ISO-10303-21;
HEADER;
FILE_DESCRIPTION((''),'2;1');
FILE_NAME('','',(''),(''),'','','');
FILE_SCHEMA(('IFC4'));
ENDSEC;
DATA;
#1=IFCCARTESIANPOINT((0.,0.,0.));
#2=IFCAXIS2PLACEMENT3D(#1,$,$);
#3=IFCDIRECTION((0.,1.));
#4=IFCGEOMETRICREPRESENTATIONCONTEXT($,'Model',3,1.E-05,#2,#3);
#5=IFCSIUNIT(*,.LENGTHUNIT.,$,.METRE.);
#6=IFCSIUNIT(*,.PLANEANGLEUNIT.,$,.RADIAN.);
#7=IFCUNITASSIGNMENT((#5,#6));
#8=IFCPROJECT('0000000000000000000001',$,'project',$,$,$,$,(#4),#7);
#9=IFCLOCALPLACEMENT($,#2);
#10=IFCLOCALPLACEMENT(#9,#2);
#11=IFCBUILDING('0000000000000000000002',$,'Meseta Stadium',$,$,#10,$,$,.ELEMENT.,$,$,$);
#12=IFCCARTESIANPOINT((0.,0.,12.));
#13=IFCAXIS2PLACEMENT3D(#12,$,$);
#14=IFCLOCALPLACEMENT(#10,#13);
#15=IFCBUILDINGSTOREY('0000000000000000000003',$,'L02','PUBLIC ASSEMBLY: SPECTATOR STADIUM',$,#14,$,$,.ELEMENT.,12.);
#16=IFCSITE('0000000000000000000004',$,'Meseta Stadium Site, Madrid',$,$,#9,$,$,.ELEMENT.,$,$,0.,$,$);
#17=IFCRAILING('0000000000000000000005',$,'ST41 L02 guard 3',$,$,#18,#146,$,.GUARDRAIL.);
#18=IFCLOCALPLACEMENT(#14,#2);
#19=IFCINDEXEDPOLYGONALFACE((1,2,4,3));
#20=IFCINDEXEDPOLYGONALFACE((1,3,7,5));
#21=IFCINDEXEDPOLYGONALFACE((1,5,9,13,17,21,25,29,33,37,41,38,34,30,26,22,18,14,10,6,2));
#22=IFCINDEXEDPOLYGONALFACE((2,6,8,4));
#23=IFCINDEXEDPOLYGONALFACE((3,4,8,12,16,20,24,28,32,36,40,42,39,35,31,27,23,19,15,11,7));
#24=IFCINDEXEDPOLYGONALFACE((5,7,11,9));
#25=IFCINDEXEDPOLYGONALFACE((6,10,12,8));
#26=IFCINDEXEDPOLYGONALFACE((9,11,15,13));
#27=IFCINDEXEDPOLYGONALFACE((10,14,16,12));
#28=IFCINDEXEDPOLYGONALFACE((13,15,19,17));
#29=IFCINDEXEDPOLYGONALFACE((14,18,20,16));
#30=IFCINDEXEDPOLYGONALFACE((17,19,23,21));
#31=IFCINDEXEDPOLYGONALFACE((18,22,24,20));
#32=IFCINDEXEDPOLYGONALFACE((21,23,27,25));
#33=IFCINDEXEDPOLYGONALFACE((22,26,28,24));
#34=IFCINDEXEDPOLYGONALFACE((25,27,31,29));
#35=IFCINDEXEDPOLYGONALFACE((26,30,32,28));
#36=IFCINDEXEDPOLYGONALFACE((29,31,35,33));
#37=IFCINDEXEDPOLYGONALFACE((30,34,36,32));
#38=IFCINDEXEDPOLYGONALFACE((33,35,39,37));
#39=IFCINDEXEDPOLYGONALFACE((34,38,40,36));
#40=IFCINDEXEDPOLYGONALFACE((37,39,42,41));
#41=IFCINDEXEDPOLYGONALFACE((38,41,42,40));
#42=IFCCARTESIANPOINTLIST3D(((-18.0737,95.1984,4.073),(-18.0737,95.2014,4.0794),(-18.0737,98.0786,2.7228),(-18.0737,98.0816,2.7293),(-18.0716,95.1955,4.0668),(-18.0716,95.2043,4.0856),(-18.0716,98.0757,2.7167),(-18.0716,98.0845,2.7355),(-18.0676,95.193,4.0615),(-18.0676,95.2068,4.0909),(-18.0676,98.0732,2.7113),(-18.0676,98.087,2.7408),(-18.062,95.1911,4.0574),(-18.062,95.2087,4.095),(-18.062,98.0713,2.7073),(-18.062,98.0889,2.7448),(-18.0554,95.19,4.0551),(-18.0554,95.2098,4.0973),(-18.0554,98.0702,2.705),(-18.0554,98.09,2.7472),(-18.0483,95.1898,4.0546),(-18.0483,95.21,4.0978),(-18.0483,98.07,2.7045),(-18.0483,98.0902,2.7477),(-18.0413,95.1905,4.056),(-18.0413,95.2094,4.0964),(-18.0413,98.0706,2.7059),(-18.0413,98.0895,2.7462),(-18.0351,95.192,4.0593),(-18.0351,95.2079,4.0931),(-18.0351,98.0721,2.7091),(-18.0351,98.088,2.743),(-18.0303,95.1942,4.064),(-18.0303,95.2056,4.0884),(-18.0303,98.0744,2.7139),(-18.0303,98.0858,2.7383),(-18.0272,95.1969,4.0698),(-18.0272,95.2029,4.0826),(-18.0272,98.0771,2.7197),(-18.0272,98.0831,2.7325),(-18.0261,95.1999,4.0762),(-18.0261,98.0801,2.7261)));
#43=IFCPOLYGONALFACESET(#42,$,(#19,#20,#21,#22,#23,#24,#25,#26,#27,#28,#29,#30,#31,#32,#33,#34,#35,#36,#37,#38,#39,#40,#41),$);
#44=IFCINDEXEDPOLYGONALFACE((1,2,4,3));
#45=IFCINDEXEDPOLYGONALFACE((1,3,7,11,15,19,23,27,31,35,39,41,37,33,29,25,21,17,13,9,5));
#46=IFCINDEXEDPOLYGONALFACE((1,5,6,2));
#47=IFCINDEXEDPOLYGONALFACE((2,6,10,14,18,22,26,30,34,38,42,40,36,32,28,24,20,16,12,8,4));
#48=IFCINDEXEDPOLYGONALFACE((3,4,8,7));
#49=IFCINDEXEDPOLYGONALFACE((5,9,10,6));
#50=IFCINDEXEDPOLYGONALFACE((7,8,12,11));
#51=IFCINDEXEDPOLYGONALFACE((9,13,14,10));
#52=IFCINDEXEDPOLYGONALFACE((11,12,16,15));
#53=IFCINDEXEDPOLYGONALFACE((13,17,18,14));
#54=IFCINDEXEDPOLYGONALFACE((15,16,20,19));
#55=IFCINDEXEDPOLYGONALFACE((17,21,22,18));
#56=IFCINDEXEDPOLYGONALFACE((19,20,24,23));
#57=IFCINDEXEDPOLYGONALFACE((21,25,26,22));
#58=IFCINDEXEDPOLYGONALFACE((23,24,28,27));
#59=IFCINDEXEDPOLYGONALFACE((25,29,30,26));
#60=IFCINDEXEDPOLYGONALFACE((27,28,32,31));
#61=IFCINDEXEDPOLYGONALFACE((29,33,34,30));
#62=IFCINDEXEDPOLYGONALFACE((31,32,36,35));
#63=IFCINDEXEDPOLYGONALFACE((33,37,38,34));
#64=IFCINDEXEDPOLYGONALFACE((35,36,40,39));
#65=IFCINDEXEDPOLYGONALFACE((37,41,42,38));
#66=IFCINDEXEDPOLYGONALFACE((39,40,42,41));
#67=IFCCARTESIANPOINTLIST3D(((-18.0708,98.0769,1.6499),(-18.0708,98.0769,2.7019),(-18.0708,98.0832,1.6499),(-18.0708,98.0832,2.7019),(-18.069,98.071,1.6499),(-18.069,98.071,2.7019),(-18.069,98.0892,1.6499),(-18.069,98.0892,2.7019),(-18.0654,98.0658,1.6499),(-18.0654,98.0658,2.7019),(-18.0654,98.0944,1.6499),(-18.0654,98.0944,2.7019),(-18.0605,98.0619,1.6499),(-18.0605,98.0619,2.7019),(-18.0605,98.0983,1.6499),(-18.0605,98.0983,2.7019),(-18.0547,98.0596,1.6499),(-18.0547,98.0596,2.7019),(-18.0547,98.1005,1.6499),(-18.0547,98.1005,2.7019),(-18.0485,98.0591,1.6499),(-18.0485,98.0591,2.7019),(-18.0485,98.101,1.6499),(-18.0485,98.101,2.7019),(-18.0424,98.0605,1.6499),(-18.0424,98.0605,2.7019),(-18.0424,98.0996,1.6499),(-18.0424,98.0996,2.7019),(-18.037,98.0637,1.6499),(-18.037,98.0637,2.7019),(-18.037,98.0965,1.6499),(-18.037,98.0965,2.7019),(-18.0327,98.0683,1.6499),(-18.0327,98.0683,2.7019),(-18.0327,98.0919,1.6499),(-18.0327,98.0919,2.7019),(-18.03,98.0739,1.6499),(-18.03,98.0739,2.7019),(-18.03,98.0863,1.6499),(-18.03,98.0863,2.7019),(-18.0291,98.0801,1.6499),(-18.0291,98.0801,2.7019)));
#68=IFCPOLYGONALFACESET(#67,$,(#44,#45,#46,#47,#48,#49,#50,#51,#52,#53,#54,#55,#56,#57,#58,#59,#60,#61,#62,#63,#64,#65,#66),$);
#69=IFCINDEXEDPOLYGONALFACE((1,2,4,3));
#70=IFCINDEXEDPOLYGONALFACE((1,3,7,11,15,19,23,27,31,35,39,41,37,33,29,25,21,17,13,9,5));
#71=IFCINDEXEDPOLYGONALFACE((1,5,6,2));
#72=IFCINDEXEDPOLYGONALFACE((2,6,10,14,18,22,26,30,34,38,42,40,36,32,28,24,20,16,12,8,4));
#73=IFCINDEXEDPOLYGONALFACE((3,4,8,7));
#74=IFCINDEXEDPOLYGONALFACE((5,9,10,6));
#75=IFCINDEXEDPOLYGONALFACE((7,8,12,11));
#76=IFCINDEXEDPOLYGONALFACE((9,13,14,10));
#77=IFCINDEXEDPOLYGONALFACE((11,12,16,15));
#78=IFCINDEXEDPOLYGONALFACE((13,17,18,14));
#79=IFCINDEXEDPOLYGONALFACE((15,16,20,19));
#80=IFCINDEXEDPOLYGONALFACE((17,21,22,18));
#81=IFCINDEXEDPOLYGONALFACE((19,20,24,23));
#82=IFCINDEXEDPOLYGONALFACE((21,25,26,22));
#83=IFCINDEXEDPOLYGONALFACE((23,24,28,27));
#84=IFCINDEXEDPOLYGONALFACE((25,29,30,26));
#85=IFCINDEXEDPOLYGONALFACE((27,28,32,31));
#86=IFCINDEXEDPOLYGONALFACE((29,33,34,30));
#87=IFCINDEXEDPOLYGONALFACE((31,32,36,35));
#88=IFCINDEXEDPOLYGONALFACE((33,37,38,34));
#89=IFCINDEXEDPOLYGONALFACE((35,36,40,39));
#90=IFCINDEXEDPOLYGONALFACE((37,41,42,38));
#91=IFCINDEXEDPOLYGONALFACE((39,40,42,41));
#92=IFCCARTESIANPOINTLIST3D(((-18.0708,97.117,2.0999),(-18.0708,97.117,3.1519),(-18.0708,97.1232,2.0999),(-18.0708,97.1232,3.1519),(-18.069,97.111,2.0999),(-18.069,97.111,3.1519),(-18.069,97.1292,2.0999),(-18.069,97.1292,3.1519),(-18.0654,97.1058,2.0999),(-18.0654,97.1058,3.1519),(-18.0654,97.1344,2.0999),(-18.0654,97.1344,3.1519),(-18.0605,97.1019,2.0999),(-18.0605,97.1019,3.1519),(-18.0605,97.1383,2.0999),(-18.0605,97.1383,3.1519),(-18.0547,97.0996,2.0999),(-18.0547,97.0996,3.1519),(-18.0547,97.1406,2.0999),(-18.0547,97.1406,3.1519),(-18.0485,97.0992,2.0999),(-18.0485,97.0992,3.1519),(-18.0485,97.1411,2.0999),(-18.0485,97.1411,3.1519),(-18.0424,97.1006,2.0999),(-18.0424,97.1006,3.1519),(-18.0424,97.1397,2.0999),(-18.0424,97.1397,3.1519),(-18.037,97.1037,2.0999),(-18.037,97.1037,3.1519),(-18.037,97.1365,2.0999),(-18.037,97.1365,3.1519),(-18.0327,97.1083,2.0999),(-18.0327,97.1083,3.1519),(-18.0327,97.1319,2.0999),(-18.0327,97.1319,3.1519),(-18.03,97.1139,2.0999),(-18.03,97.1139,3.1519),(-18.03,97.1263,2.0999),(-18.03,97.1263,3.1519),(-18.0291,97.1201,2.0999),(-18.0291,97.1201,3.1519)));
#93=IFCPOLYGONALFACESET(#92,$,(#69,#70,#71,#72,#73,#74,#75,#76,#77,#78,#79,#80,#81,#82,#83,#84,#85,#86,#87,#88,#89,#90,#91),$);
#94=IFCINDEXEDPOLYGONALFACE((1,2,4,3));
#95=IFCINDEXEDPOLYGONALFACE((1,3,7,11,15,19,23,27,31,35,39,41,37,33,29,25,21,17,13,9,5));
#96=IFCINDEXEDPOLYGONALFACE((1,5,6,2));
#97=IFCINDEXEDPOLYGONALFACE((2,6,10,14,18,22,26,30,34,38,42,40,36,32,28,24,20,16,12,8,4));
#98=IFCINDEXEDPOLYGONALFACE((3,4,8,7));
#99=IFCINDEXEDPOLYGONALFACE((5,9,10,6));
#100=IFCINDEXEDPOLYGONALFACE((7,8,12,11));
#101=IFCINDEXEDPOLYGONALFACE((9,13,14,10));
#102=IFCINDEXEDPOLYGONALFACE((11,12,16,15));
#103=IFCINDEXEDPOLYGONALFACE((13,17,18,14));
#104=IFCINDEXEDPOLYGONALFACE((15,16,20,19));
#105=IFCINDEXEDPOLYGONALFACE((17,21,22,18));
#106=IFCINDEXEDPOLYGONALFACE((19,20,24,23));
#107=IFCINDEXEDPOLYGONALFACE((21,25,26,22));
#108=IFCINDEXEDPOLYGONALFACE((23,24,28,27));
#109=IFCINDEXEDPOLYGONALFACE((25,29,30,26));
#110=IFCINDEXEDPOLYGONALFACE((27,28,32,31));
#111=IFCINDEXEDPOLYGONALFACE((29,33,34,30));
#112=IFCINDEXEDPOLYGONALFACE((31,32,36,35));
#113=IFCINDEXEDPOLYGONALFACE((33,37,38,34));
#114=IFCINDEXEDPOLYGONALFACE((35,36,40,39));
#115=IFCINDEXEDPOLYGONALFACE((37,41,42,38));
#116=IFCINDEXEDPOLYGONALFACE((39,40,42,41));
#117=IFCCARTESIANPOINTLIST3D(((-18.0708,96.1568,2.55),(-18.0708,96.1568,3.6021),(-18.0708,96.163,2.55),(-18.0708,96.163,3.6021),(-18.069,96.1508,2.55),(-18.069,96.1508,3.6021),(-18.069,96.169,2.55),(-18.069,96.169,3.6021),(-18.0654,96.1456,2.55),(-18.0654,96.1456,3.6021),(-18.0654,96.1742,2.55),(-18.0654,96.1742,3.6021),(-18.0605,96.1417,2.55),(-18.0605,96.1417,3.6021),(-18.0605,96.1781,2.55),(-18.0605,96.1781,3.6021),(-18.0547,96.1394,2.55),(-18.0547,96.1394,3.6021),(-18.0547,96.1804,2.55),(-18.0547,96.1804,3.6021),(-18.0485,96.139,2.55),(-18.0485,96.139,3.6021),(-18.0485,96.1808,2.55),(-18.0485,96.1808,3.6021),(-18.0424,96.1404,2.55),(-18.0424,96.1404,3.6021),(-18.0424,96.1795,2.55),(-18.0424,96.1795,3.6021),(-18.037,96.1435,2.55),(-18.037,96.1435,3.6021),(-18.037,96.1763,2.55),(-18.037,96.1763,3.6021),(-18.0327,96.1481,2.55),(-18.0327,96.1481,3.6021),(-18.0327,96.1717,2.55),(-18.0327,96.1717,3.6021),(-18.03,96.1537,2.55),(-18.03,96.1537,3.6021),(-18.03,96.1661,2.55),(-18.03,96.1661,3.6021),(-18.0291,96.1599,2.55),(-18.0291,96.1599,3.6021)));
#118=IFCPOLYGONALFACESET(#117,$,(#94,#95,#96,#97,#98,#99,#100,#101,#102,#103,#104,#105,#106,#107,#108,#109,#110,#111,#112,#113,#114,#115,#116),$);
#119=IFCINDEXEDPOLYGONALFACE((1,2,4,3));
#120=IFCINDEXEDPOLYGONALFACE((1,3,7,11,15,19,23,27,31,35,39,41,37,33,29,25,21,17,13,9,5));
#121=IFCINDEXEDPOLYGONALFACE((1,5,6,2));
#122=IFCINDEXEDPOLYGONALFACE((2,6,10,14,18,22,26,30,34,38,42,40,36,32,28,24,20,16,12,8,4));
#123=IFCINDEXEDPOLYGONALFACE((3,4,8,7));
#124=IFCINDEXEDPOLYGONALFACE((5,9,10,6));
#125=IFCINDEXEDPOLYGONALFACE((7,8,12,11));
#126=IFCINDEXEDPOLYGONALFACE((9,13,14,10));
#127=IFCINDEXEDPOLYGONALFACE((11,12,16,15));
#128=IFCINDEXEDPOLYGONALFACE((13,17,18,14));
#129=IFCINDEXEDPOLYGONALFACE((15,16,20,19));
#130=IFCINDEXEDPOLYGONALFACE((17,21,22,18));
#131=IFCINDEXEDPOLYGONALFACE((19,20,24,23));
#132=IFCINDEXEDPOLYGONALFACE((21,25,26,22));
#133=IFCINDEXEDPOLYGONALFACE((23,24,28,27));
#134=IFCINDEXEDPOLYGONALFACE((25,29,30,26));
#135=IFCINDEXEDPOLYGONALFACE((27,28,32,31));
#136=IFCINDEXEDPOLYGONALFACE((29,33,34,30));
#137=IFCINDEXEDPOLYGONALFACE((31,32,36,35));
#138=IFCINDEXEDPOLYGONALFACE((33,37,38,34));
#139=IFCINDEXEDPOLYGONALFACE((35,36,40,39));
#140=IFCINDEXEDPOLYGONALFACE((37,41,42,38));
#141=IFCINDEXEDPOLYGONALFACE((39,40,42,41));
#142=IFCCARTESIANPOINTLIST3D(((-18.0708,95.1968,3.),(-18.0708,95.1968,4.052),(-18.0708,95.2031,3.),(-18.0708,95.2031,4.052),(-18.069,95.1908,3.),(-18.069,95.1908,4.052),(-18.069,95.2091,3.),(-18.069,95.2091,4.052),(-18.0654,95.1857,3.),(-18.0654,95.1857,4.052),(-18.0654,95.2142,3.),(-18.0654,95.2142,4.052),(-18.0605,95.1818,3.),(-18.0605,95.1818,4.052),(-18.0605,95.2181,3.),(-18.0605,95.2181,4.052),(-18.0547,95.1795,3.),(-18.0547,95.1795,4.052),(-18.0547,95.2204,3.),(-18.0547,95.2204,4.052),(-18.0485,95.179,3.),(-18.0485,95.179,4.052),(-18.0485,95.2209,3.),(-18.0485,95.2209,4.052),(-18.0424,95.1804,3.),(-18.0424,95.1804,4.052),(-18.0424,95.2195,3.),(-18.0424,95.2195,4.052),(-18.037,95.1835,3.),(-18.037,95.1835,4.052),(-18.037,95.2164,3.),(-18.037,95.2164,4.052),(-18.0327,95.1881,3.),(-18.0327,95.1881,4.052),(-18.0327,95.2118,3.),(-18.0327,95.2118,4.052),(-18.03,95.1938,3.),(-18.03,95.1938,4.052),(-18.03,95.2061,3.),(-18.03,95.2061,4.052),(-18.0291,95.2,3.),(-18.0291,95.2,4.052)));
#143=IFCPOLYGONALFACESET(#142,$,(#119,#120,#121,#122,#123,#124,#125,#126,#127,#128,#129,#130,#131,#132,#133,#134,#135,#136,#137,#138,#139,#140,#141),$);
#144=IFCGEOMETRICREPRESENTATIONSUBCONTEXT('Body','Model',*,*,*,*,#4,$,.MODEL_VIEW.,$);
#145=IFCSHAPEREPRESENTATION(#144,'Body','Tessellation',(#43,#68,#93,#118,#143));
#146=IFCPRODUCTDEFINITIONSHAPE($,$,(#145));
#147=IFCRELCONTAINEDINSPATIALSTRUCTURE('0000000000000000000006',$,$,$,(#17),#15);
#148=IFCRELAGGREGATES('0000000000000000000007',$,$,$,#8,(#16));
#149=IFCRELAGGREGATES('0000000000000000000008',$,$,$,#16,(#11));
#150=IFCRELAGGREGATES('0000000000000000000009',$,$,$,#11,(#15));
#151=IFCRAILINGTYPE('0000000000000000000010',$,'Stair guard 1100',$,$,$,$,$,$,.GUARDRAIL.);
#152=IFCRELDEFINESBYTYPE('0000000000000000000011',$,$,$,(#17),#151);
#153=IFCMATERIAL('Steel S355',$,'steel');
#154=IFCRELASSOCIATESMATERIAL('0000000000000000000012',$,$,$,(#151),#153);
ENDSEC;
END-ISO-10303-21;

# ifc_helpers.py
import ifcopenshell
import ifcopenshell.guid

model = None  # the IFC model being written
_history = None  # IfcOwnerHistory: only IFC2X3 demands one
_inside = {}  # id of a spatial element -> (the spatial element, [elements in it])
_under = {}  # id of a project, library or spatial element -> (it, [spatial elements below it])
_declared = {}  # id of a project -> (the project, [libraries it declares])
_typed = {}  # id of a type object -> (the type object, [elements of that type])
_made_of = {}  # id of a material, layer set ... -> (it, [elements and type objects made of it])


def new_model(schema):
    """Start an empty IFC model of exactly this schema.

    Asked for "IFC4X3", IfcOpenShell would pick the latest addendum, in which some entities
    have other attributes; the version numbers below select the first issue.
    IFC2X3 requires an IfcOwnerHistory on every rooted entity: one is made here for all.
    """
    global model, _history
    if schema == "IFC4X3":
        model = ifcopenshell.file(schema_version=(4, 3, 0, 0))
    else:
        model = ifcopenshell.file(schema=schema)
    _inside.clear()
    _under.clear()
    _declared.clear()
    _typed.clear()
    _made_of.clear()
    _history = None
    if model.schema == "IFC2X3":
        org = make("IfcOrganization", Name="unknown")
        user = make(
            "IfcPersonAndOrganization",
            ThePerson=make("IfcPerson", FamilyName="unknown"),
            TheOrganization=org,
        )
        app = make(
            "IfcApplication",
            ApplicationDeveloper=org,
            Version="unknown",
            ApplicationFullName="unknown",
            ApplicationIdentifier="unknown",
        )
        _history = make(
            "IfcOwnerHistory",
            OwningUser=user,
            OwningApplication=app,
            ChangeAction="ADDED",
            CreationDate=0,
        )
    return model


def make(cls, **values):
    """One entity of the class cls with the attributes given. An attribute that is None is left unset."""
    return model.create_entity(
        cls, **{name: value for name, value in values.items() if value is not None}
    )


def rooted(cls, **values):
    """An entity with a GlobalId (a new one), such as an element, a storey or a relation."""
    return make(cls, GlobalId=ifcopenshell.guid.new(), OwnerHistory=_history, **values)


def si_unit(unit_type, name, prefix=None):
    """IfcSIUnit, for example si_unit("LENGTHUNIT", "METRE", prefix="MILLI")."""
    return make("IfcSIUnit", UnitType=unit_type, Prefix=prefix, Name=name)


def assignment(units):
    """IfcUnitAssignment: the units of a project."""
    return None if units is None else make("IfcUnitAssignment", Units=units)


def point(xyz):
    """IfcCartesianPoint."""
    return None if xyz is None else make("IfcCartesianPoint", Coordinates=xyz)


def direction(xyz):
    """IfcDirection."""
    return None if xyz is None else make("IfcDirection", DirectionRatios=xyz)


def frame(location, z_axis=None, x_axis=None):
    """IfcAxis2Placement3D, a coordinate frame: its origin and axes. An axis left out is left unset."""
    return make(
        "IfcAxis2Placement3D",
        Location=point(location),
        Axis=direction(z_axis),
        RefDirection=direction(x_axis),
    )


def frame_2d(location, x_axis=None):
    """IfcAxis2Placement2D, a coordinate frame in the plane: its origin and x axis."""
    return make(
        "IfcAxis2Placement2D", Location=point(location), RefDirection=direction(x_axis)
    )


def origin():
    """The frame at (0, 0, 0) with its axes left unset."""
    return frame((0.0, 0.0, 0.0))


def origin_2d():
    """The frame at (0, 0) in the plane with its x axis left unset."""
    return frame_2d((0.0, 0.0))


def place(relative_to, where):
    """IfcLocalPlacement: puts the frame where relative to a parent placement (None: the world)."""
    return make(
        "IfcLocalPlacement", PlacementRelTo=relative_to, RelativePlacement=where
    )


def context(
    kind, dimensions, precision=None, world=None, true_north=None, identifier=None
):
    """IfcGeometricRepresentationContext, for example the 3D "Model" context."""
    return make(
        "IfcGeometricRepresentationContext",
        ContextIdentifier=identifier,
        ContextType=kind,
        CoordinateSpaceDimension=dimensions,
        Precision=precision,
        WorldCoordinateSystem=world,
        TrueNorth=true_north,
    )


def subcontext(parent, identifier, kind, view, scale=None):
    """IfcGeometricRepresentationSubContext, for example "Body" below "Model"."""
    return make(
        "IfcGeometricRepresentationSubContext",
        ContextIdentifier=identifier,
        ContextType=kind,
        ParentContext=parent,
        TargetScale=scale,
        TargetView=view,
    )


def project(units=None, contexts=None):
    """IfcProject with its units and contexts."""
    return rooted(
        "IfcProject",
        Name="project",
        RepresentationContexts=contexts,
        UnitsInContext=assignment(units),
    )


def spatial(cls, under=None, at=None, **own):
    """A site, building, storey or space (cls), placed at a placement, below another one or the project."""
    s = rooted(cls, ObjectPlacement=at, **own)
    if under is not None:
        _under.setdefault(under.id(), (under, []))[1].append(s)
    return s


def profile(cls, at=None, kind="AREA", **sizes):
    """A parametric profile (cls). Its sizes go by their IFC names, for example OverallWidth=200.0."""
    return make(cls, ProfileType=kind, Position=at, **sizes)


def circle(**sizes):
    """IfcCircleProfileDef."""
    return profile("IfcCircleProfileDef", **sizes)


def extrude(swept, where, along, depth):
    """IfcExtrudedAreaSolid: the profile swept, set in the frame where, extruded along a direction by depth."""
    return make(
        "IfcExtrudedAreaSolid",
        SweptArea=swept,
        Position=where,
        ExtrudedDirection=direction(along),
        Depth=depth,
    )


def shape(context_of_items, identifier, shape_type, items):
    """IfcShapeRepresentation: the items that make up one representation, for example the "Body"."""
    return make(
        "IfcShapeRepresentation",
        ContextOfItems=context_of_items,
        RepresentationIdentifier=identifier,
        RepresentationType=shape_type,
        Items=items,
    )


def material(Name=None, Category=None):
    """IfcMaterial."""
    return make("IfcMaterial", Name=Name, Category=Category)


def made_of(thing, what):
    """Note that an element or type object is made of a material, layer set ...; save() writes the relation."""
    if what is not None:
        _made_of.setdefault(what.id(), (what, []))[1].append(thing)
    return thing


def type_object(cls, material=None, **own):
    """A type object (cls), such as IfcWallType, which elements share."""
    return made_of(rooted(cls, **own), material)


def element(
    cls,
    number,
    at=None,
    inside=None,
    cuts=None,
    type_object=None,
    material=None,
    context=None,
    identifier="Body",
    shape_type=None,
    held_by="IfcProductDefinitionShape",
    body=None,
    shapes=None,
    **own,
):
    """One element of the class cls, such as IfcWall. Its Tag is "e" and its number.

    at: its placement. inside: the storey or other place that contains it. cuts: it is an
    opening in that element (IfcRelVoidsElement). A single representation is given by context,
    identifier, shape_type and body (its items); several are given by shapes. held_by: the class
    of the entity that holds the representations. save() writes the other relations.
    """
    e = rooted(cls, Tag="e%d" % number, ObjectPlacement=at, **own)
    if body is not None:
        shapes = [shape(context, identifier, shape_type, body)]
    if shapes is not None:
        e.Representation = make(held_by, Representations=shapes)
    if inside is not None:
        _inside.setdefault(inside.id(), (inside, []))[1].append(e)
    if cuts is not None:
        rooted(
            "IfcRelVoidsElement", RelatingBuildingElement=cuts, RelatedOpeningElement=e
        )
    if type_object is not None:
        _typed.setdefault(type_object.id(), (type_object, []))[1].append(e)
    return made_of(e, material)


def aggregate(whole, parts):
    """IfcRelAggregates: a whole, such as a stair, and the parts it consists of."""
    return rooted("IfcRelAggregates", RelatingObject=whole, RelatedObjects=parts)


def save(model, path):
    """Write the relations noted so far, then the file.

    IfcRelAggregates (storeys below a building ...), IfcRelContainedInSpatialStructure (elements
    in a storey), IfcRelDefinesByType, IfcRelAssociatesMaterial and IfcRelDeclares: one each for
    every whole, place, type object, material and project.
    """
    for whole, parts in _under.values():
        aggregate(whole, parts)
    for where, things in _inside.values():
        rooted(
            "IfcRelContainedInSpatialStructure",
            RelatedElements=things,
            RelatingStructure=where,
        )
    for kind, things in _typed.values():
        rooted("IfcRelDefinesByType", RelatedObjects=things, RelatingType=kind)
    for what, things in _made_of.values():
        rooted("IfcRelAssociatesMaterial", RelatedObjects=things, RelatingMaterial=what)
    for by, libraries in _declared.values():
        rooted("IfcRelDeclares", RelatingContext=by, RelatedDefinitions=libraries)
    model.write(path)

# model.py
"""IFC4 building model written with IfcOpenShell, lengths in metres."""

from ifc_helpers import new_model, si_unit, direction, frame, origin, origin_2d, place, context, subcontext, project, spatial, circle, extrude, material, type_object, element, save


model = new_model("IFC4")

# Units and contexts
model_context = context("Model", 3, precision=1e-05, world=origin(), true_north=direction((0.0, 1.0)))
body_context = subcontext(model_context, "Body", "Model", "MODEL_VIEW")
ifc_project = project(units=[si_unit("LENGTHUNIT", "METRE"), si_unit("PLANEANGLEUNIT", "RADIAN")], contexts=[model_context])

# Site, building, storey
site_placement = place(None, origin())
site = spatial("IfcSite", under=ifc_project, at=site_placement, Name="Meseta Stadium Site, Madrid", CompositionType="ELEMENT", RefElevation=0.0)
building_placement = place(site_placement, origin())
building = spatial("IfcBuilding", under=site, at=building_placement, Name="Meseta Stadium", CompositionType="ELEMENT")
storey_placement = place(building_placement, frame((0.0, 0.0, 12.0)))
storey = spatial("IfcBuildingStorey", under=building, at=storey_placement, Name="L02", Description="PUBLIC ASSEMBLY: SPECTATOR STADIUM", CompositionType="ELEMENT", Elevation=12.0)

# Railing
ifc_material_1 = material(Name="Steel S355", Category="steel")
railing_type_1 = type_object("IfcRailingType", Name="Stair guard 1100", PredefinedType="GUARDRAIL", material=ifc_material_1)
railing_1_placement = place(storey_placement, frame((-18.05, 98.0801, 1.6499)))
element("IfcRailing", 1, at=railing_1_placement, inside=storey, type_object=railing_type_1, Name="ST41 L02 guard 3", PredefinedType="GUARDRAIL", context=body_context, shape_type="SweptSolid", body=[
    extrude(circle(Radius=0.0239, at=origin_2d()), frame((0.0, 0.0, 1.0762), z_axis=(0.0, -0.905454, 0.424444), x_axis=(1.0, 0.0, 0.0)), (0.0, 0.0, 1.0), 3.1809),
    extrude(circle(Radius=0.021, at=origin_2d()), origin(), (0.0, 0.0, 1.0), 1.052),
    extrude(circle(Radius=0.021, at=origin_2d()), frame((0.0, -0.96, 0.45)), (0.0, 0.0, 1.0), 1.052),
    extrude(circle(Radius=0.021, at=origin_2d()), frame((0.0, -1.9202, 0.9001)), (0.0, 0.0, 1.0), 1.052),
    extrude(circle(Radius=0.021, at=origin_2d()), frame((0.0, -2.8801, 1.3501)), (0.0, 0.0, 1.0), 1.052),
])

save(model, "model.ifc")
